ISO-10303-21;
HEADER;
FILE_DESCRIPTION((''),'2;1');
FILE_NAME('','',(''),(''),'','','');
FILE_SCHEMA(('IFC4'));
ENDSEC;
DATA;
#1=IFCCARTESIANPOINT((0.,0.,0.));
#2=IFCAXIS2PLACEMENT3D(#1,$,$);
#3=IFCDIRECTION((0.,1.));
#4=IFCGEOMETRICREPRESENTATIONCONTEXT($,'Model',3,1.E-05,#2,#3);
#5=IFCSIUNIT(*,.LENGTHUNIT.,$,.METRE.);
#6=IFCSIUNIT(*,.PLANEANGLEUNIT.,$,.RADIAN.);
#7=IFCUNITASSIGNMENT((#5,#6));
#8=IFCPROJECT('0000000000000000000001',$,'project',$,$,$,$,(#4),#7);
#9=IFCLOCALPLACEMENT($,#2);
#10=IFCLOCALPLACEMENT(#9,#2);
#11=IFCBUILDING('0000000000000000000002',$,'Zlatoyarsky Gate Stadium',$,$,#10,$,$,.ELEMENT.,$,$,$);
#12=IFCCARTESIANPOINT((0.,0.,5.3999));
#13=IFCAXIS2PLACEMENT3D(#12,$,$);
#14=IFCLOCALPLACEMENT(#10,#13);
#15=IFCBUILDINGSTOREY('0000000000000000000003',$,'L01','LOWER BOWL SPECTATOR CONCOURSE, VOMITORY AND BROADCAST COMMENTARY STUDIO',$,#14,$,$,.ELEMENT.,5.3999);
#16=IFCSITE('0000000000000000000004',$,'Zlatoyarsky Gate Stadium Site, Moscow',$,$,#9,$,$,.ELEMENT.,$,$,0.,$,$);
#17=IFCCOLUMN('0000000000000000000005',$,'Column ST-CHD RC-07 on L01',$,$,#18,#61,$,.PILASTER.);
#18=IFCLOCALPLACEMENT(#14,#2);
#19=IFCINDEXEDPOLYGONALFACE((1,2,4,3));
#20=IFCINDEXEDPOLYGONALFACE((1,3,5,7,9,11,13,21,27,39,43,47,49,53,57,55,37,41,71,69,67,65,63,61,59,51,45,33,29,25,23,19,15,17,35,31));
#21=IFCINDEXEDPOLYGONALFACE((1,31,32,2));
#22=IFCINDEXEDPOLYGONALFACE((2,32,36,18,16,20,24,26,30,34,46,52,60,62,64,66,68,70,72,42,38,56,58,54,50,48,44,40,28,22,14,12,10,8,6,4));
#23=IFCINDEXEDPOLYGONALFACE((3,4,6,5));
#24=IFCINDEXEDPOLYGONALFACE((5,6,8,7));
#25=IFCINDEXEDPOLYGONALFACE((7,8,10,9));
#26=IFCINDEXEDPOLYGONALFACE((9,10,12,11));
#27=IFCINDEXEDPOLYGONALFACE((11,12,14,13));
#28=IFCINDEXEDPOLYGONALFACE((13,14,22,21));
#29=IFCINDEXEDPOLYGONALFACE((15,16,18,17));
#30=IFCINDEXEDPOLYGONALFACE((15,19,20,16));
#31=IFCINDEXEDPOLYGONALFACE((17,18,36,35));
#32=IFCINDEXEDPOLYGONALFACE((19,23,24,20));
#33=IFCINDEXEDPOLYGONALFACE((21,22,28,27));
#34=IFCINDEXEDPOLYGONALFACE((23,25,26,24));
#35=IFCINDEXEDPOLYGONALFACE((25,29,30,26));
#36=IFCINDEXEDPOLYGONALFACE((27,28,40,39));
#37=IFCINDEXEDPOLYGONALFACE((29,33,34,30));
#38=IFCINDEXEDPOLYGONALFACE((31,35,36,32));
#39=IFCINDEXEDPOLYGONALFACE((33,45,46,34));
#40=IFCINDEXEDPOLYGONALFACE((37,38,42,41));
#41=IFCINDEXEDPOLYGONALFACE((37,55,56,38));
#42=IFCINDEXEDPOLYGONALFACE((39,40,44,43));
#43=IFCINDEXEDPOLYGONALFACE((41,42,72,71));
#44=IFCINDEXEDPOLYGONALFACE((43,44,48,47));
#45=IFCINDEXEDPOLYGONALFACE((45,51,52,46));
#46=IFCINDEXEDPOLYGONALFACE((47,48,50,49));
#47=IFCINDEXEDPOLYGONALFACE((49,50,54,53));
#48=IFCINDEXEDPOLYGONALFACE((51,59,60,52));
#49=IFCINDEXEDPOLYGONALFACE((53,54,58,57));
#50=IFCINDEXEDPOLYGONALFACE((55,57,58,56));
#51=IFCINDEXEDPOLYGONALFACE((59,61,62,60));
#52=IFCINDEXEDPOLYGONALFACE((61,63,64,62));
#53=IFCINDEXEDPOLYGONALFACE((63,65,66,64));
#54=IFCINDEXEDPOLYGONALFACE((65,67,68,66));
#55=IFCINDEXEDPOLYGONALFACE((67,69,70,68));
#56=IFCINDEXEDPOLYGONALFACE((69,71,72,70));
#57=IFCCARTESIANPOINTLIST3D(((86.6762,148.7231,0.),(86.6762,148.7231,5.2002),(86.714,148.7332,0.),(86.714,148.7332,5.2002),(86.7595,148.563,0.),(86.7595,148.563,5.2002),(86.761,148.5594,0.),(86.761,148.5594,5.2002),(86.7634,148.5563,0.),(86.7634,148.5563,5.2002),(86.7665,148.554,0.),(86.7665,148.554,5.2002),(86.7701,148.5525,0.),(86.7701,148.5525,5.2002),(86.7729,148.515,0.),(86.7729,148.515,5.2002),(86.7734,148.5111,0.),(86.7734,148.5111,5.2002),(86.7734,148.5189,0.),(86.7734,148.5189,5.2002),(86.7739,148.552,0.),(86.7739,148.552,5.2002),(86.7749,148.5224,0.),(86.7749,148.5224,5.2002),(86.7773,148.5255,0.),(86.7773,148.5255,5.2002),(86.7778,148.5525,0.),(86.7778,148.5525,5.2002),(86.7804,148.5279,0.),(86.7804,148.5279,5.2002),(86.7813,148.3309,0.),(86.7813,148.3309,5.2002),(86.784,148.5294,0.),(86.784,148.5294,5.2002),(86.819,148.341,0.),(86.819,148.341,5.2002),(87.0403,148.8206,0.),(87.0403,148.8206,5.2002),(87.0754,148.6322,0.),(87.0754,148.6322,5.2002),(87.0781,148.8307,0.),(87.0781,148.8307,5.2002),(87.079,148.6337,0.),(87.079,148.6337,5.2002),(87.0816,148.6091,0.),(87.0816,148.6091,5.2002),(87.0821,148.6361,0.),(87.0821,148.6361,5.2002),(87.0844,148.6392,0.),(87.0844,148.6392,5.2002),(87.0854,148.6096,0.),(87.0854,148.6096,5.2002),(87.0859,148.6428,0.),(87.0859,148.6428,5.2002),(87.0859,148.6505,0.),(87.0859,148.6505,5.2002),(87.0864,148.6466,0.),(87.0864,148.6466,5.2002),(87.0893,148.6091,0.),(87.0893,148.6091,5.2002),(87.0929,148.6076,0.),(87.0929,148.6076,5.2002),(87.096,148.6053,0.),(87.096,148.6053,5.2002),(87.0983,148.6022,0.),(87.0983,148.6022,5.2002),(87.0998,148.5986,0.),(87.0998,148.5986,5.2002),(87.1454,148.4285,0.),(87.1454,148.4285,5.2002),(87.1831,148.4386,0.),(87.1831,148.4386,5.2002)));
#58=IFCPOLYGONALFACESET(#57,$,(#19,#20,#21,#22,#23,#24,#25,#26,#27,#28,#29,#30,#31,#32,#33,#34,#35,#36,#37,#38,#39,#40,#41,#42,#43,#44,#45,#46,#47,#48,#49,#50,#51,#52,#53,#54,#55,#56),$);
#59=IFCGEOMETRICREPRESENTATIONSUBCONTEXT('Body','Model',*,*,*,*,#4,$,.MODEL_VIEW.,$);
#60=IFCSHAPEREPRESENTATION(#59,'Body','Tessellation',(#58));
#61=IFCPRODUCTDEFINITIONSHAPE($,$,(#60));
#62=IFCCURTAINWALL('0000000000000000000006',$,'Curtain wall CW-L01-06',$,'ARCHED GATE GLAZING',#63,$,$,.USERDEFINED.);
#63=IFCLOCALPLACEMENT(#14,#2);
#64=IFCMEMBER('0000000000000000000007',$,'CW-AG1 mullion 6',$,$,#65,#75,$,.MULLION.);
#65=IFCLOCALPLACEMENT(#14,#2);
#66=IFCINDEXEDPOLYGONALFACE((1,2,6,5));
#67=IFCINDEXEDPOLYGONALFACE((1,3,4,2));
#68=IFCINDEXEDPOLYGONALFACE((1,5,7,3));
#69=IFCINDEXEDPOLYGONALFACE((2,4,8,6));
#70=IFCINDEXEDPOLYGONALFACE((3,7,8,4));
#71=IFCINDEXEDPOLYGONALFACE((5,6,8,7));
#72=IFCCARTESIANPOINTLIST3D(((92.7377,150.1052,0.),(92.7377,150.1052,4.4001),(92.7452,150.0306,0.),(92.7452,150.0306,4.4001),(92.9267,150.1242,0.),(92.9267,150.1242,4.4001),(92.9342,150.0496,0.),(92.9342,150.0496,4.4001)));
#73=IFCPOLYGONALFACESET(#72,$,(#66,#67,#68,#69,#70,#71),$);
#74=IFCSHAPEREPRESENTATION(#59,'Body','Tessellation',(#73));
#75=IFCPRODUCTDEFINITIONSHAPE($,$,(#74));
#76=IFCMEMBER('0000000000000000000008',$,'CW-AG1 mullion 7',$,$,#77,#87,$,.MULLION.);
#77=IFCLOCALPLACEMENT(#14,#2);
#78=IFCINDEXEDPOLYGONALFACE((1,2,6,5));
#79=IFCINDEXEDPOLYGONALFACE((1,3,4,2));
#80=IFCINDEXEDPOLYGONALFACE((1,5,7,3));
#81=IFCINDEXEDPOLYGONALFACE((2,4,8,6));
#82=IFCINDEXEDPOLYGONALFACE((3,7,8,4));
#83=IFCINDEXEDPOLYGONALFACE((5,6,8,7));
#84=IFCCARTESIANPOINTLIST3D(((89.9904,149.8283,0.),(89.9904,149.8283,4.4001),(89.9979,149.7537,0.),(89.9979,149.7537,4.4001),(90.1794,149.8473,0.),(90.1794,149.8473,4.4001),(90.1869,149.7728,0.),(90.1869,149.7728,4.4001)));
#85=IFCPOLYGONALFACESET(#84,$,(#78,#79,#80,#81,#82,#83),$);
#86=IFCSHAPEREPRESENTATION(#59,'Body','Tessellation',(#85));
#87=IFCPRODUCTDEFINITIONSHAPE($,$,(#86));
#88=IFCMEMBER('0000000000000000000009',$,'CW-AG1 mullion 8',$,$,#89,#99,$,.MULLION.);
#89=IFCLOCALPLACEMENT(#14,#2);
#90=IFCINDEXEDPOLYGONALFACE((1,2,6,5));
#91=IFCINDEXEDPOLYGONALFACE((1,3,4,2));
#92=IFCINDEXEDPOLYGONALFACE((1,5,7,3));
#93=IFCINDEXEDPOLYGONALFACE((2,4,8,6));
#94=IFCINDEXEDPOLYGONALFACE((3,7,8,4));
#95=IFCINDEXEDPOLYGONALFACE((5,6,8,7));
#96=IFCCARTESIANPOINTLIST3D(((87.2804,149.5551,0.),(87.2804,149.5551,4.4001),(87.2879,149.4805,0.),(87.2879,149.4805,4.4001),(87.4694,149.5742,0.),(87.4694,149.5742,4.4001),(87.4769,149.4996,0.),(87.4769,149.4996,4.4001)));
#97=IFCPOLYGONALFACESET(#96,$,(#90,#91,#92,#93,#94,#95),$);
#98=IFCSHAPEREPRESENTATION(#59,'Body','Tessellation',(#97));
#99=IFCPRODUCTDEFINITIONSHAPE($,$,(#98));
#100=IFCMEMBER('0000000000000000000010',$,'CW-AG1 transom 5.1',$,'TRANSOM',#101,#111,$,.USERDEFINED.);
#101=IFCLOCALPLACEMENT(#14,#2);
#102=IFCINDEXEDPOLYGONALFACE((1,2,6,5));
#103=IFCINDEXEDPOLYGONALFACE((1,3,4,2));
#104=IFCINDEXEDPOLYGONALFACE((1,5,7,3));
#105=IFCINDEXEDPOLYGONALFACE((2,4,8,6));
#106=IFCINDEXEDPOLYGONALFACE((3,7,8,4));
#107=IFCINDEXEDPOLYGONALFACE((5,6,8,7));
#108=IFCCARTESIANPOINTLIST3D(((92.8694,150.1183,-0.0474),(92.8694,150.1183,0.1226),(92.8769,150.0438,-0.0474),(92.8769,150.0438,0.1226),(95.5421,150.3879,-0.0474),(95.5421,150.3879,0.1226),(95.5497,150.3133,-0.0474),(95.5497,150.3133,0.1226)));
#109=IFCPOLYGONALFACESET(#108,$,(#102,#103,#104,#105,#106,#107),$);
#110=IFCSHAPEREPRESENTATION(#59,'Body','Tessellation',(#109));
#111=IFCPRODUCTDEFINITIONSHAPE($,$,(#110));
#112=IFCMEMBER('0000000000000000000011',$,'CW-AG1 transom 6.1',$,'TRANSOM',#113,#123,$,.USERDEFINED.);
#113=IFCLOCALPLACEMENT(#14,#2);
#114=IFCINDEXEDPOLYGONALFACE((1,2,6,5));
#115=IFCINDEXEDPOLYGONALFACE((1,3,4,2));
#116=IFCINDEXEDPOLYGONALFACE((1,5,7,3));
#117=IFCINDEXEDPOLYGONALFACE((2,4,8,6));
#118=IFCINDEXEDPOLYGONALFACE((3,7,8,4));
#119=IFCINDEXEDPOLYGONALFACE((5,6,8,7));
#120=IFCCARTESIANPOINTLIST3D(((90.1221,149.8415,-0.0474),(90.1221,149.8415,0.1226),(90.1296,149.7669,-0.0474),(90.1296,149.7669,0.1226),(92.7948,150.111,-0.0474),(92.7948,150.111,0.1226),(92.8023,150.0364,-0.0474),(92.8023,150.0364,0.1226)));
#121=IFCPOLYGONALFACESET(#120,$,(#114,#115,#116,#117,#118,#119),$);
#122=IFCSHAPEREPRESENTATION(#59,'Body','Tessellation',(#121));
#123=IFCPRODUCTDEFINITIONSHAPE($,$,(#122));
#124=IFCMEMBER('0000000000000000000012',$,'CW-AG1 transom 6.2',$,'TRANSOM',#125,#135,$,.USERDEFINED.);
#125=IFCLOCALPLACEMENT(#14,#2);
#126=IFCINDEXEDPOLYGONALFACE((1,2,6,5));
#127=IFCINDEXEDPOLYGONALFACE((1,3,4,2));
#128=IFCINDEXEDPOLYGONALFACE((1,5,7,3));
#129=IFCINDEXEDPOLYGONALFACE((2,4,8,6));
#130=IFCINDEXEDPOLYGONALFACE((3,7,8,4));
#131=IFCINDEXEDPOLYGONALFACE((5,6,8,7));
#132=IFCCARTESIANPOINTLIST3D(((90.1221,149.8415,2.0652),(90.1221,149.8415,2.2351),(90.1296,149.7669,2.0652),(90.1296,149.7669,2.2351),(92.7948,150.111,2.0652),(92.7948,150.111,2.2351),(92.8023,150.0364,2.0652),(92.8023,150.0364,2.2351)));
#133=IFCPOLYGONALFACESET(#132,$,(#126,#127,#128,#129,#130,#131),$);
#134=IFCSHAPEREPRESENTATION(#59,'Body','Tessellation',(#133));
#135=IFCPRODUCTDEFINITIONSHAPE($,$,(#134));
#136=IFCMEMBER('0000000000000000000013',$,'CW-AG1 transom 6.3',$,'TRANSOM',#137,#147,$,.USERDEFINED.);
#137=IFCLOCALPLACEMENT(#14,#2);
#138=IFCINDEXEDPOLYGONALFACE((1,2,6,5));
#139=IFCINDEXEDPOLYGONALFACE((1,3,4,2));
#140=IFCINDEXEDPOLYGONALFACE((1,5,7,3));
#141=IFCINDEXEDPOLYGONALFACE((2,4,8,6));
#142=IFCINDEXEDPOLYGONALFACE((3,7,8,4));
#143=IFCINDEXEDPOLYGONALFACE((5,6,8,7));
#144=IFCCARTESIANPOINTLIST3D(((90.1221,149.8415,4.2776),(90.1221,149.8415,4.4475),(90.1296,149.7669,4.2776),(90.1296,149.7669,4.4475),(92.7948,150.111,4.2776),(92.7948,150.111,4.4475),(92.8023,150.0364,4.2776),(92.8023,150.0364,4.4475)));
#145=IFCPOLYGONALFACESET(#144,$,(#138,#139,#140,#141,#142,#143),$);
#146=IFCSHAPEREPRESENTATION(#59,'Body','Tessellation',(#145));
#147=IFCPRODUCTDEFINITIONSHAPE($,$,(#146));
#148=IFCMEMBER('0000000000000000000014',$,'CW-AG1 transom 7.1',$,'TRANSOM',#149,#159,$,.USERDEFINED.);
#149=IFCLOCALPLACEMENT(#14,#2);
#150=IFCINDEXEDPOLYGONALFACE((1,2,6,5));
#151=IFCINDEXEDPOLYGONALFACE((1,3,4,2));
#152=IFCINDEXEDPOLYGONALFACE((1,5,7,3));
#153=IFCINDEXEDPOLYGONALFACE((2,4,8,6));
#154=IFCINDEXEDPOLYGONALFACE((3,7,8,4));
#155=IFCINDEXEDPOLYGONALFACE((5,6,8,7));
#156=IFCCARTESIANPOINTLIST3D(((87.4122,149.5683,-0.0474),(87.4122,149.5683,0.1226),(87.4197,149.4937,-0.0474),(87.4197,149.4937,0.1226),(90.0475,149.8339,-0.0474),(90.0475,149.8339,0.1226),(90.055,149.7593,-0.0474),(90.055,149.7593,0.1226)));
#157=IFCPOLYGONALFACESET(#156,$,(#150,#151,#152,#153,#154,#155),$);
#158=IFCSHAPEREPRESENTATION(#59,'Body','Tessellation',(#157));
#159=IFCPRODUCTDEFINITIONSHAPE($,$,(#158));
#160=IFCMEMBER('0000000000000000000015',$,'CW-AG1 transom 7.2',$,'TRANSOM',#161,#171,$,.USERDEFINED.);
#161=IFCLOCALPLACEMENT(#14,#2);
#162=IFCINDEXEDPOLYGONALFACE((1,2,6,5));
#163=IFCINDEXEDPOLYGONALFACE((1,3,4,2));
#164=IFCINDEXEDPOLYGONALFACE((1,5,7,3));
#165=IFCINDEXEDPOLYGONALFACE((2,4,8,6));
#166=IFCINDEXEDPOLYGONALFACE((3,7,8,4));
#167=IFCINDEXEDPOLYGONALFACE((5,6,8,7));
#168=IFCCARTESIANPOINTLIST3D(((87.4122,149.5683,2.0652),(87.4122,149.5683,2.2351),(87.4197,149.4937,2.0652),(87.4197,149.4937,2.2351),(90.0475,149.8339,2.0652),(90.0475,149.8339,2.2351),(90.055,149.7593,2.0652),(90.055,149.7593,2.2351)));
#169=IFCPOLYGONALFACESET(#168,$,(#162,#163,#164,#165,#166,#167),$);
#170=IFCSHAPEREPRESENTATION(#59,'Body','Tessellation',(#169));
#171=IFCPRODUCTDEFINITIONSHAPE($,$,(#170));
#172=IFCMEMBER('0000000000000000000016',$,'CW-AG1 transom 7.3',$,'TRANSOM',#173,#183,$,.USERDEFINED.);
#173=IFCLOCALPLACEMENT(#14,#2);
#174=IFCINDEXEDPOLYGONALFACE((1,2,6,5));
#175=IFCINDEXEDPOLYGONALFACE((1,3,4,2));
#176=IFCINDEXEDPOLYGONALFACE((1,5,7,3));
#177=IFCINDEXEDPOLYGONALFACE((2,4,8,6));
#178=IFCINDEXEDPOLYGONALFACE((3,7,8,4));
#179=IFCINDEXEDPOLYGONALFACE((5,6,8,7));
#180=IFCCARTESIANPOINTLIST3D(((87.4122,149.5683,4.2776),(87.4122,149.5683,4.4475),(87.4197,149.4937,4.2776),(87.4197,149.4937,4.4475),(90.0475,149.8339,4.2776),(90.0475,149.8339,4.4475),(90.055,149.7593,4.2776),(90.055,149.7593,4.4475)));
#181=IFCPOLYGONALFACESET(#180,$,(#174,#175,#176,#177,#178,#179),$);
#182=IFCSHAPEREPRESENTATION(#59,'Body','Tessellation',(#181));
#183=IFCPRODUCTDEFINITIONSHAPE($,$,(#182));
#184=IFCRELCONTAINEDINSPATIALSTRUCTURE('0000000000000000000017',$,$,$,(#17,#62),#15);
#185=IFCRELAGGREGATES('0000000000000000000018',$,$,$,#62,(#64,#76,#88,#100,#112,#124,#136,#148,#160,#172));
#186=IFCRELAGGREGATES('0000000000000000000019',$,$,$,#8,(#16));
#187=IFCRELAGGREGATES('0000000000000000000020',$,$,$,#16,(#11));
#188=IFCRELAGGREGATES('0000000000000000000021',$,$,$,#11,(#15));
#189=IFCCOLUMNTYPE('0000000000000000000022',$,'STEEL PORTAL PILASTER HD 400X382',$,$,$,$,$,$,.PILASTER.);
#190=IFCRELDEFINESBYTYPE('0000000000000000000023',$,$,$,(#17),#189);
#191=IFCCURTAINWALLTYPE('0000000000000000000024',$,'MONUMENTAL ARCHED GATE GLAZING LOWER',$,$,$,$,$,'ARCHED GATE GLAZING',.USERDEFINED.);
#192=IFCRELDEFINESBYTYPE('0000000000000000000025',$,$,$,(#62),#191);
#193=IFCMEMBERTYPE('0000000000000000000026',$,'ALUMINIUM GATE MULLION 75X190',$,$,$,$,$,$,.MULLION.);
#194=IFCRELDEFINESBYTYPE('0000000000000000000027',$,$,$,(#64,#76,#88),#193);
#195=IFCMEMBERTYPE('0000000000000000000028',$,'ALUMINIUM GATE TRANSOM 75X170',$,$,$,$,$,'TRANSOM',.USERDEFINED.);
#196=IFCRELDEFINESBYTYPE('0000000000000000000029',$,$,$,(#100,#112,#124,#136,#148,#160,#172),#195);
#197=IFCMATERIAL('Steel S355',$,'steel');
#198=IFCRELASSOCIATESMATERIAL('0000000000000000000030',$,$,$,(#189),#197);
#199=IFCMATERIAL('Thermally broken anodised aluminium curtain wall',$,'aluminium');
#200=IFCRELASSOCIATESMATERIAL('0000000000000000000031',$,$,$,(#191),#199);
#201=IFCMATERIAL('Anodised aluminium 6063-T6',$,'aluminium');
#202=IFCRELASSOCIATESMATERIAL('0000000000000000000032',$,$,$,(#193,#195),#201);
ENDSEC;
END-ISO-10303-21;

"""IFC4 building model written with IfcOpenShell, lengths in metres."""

from ifc_helpers import new_model, si_unit, direction, frame, origin, origin_2d, place, context, subcontext, project, spatial, rectangle, i_section, extrude, material, material_profile, profile_set, type_object, element, aggregate, save


model = new_model("IFC4")

# Units and contexts
model_context = context("Model", 3, precision=1e-05, world=origin(), true_north=direction((0.0, 1.0)))
body_context = subcontext(model_context, "Body", "Model", "MODEL_VIEW")
ifc_project = project(units=[si_unit("LENGTHUNIT", "METRE"), si_unit("PLANEANGLEUNIT", "RADIAN")], contexts=[model_context])

# Site, building, storey
site_placement = place(None, origin())
site = spatial("IfcSite", under=ifc_project, at=site_placement, Name="Zlatoyarsky Gate Stadium Site, Moscow", CompositionType="ELEMENT", RefElevation=0.0)
building_placement = place(site_placement, origin())
building = spatial("IfcBuilding", under=site, at=building_placement, Name="Zlatoyarsky Gate Stadium", CompositionType="ELEMENT")
storey_placement = place(building_placement, frame((0.0, 0.0, 5.3999)))
storey = spatial("IfcBuildingStorey", under=building, at=storey_placement, Name="L01", Description="LOWER BOWL SPECTATOR CONCOURSE, VOMITORY AND BROADCAST COMMENTARY STUDIO", CompositionType="ELEMENT", Elevation=5.3999)

# Column
ifc_material_1 = material(Name="Steel S355", Category="steel")
ifc_material_profile_1 = material_profile(ifc_material_1, i_section(OverallWidth=0.406, OverallDepth=0.416, WebThickness=0.0239, FlangeThickness=0.0391, FilletRadius=0.0149, at=origin_2d()), Name="HD 400X382")
ifc_profile_set_1 = profile_set([ifc_material_profile_1], Name="Steel S355")
column_type = type_object("IfcColumnType", Name="STEEL PORTAL PILASTER HD 400X382", PredefinedType="PILASTER", material=ifc_profile_set_1)
column_placement = place(storey_placement, frame((86.9297, 148.5808, 0.0), z_axis=(0.0, 0.0, 1.0), x_axis=(-0.258819, 0.965926, 0.0)))
element("IfcColumn", 1, at=column_placement, inside=storey, type_object=column_type, Name="Column ST-CHD RC-07 on L01", PredefinedType="PILASTER", context=body_context, shape_type="SweptSolid", body=[
    extrude(i_section(OverallWidth=0.406, OverallDepth=0.416, WebThickness=0.0239, FlangeThickness=0.0391, FilletRadius=0.0149, at=origin_2d()), origin(), (0.0, 0.0, 1.0), 5.2002),
])

# Curtain wall, members
ifc_material_2 = material(Name="Thermally broken anodised aluminium curtain wall", Category="aluminium")
curtain_wall_type = type_object("IfcCurtainWallType", Name="MONUMENTAL ARCHED GATE GLAZING LOWER", ElementType="ARCHED GATE GLAZING", PredefinedType="USERDEFINED", material=ifc_material_2)
curtain_wall_placement = place(storey_placement, origin())
curtain_wall = element("IfcCurtainWall", 2, at=curtain_wall_placement, inside=storey, type_object=curtain_wall_type, Name="Curtain wall CW-L01-06", ObjectType="ARCHED GATE GLAZING", PredefinedType="USERDEFINED")
ifc_material_3 = material(Name="Anodised aluminium 6063-T6", Category="aluminium")
ifc_material_profile_2 = material_profile(ifc_material_3, rectangle(XDim=0.075, YDim=0.1899, at=origin_2d()), Name="ALU 75X190")
ifc_profile_set_2 = profile_set([ifc_material_profile_2], Name="Anodised aluminium 6063-T6")
member_type_1 = type_object("IfcMemberType", Name="ALUMINIUM GATE MULLION 75X190", PredefinedType="MULLION", material=ifc_profile_set_2)
member_1_placement = place(storey_placement, frame((92.8359, 150.0774, 0.0), z_axis=(0.0, 0.0, 1.0), x_axis=(0.100303, -0.994957, 0.0)))
member_1 = element("IfcMember", 3, at=member_1_placement, type_object=member_type_1, Name="CW-AG1 mullion 6", PredefinedType="MULLION", context=body_context, shape_type="SweptSolid", body=[
    extrude(rectangle(XDim=0.075, YDim=0.1899, at=origin_2d()), origin(), (0.0, 0.0, 1.0), 4.4001),
])
member_2_placement = place(storey_placement, frame((90.0886, 149.8005, 0.0), z_axis=(0.0, 0.0, 1.0), x_axis=(0.100303, -0.994957, 0.0)))
member_2 = element("IfcMember", 4, at=member_2_placement, type_object=member_type_1, Name="CW-AG1 mullion 7", PredefinedType="MULLION", context=body_context, shape_type="SweptSolid", body=[
    extrude(rectangle(XDim=0.075, YDim=0.1899, at=origin_2d()), origin(), (0.0, 0.0, 1.0), 4.4001),
])
member_3_placement = place(storey_placement, frame((87.3787, 149.5273, 0.0), z_axis=(0.0, 0.0, 1.0), x_axis=(0.100303, -0.994957, 0.0)))
member_3 = element("IfcMember", 5, at=member_3_placement, type_object=member_type_1, Name="CW-AG1 mullion 8", PredefinedType="MULLION", context=body_context, shape_type="SweptSolid", body=[
    extrude(rectangle(XDim=0.075, YDim=0.1899, at=origin_2d()), origin(), (0.0, 0.0, 1.0), 4.4001),
])
ifc_material_profile_3 = material_profile(ifc_material_3, rectangle(XDim=0.075, YDim=0.1699, at=origin_2d()), Name="ALU 75X170")
ifc_profile_set_3 = profile_set([ifc_material_profile_3], Name="Anodised aluminium 6063-T6")
member_type_2 = type_object("IfcMemberType", Name="ALUMINIUM GATE TRANSOM 75X170", ElementType="TRANSOM", PredefinedType="USERDEFINED", material=ifc_profile_set_3)
member_4_placement = place(storey_placement, frame((95.5459, 150.3506, 0.0376), z_axis=(-0.994953, -0.100341, 0.0), x_axis=(0.100341, -0.994953, 0.0)))
member_4 = element("IfcMember", 6, at=member_4_placement, type_object=member_type_2, Name="CW-AG1 transom 5.1", ObjectType="TRANSOM", PredefinedType="USERDEFINED", context=body_context, shape_type="SweptSolid", body=[
    extrude(rectangle(XDim=0.075, YDim=0.1699, at=origin_2d()), origin(), (0.0, 0.0, 1.0), 2.6863),
])
member_5_placement = place(storey_placement, frame((92.7986, 150.0737, 0.0376), z_axis=(-0.994953, -0.100341, 0.0), x_axis=(0.100341, -0.994953, 0.0)))
member_5 = element("IfcMember", 7, at=member_5_placement, type_object=member_type_2, Name="CW-AG1 transom 6.1", ObjectType="TRANSOM", PredefinedType="USERDEFINED", context=body_context, shape_type="SweptSolid", body=[
    extrude(rectangle(XDim=0.075, YDim=0.1699, at=origin_2d()), origin(), (0.0, 0.0, 1.0), 2.6863),
])
member_6_placement = place(storey_placement, frame((92.7986, 150.0737, 2.1501), z_axis=(-0.994953, -0.100341, 0.0), x_axis=(0.100341, -0.994953, 0.0)))
member_6 = element("IfcMember", 8, at=member_6_placement, type_object=member_type_2, Name="CW-AG1 transom 6.2", ObjectType="TRANSOM", PredefinedType="USERDEFINED", context=body_context, shape_type="SweptSolid", body=[
    extrude(rectangle(XDim=0.075, YDim=0.1699, at=origin_2d()), origin(), (0.0, 0.0, 1.0), 2.6863),
])
member_7_placement = place(storey_placement, frame((92.7986, 150.0737, 4.3625), z_axis=(-0.994953, -0.100341, 0.0), x_axis=(0.100341, -0.994953, 0.0)))
member_7 = element("IfcMember", 9, at=member_7_placement, type_object=member_type_2, Name="CW-AG1 transom 6.3", ObjectType="TRANSOM", PredefinedType="USERDEFINED", context=body_context, shape_type="SweptSolid", body=[
    extrude(rectangle(XDim=0.075, YDim=0.1699, at=origin_2d()), origin(), (0.0, 0.0, 1.0), 2.6863),
])
member_8_placement = place(storey_placement, frame((90.0513, 149.7966, 0.0376), z_axis=(-0.994958, -0.100289, 0.0), x_axis=(0.100289, -0.994958, 0.0)))
member_8 = element("IfcMember", 10, at=member_8_placement, type_object=member_type_2, Name="CW-AG1 transom 7.1", ObjectType="TRANSOM", PredefinedType="USERDEFINED", context=body_context, shape_type="SweptSolid", body=[
    extrude(rectangle(XDim=0.075, YDim=0.1699, at=origin_2d()), origin(), (0.0, 0.0, 1.0), 2.6487),
])
member_9_placement = place(storey_placement, frame((90.0513, 149.7966, 2.1501), z_axis=(-0.994958, -0.100289, 0.0), x_axis=(0.100289, -0.994958, 0.0)))
member_9 = element("IfcMember", 11, at=member_9_placement, type_object=member_type_2, Name="CW-AG1 transom 7.2", ObjectType="TRANSOM", PredefinedType="USERDEFINED", context=body_context, shape_type="SweptSolid", body=[
    extrude(rectangle(XDim=0.075, YDim=0.1699, at=origin_2d()), origin(), (0.0, 0.0, 1.0), 2.6487),
])
member_10_placement = place(storey_placement, frame((90.0513, 149.7966, 4.3625), z_axis=(-0.994958, -0.100289, 0.0), x_axis=(0.100289, -0.994958, 0.0)))
member_10 = element("IfcMember", 12, at=member_10_placement, type_object=member_type_2, Name="CW-AG1 transom 7.3", ObjectType="TRANSOM", PredefinedType="USERDEFINED", context=body_context, shape_type="SweptSolid", body=[
    extrude(rectangle(XDim=0.075, YDim=0.1699, at=origin_2d()), origin(), (0.0, 0.0, 1.0), 2.6487),
])
aggregate(curtain_wall, [member_1, member_2, member_3, member_4, member_5, member_6, member_7, member_8, member_9, member_10])

save(model, "model.ifc")
